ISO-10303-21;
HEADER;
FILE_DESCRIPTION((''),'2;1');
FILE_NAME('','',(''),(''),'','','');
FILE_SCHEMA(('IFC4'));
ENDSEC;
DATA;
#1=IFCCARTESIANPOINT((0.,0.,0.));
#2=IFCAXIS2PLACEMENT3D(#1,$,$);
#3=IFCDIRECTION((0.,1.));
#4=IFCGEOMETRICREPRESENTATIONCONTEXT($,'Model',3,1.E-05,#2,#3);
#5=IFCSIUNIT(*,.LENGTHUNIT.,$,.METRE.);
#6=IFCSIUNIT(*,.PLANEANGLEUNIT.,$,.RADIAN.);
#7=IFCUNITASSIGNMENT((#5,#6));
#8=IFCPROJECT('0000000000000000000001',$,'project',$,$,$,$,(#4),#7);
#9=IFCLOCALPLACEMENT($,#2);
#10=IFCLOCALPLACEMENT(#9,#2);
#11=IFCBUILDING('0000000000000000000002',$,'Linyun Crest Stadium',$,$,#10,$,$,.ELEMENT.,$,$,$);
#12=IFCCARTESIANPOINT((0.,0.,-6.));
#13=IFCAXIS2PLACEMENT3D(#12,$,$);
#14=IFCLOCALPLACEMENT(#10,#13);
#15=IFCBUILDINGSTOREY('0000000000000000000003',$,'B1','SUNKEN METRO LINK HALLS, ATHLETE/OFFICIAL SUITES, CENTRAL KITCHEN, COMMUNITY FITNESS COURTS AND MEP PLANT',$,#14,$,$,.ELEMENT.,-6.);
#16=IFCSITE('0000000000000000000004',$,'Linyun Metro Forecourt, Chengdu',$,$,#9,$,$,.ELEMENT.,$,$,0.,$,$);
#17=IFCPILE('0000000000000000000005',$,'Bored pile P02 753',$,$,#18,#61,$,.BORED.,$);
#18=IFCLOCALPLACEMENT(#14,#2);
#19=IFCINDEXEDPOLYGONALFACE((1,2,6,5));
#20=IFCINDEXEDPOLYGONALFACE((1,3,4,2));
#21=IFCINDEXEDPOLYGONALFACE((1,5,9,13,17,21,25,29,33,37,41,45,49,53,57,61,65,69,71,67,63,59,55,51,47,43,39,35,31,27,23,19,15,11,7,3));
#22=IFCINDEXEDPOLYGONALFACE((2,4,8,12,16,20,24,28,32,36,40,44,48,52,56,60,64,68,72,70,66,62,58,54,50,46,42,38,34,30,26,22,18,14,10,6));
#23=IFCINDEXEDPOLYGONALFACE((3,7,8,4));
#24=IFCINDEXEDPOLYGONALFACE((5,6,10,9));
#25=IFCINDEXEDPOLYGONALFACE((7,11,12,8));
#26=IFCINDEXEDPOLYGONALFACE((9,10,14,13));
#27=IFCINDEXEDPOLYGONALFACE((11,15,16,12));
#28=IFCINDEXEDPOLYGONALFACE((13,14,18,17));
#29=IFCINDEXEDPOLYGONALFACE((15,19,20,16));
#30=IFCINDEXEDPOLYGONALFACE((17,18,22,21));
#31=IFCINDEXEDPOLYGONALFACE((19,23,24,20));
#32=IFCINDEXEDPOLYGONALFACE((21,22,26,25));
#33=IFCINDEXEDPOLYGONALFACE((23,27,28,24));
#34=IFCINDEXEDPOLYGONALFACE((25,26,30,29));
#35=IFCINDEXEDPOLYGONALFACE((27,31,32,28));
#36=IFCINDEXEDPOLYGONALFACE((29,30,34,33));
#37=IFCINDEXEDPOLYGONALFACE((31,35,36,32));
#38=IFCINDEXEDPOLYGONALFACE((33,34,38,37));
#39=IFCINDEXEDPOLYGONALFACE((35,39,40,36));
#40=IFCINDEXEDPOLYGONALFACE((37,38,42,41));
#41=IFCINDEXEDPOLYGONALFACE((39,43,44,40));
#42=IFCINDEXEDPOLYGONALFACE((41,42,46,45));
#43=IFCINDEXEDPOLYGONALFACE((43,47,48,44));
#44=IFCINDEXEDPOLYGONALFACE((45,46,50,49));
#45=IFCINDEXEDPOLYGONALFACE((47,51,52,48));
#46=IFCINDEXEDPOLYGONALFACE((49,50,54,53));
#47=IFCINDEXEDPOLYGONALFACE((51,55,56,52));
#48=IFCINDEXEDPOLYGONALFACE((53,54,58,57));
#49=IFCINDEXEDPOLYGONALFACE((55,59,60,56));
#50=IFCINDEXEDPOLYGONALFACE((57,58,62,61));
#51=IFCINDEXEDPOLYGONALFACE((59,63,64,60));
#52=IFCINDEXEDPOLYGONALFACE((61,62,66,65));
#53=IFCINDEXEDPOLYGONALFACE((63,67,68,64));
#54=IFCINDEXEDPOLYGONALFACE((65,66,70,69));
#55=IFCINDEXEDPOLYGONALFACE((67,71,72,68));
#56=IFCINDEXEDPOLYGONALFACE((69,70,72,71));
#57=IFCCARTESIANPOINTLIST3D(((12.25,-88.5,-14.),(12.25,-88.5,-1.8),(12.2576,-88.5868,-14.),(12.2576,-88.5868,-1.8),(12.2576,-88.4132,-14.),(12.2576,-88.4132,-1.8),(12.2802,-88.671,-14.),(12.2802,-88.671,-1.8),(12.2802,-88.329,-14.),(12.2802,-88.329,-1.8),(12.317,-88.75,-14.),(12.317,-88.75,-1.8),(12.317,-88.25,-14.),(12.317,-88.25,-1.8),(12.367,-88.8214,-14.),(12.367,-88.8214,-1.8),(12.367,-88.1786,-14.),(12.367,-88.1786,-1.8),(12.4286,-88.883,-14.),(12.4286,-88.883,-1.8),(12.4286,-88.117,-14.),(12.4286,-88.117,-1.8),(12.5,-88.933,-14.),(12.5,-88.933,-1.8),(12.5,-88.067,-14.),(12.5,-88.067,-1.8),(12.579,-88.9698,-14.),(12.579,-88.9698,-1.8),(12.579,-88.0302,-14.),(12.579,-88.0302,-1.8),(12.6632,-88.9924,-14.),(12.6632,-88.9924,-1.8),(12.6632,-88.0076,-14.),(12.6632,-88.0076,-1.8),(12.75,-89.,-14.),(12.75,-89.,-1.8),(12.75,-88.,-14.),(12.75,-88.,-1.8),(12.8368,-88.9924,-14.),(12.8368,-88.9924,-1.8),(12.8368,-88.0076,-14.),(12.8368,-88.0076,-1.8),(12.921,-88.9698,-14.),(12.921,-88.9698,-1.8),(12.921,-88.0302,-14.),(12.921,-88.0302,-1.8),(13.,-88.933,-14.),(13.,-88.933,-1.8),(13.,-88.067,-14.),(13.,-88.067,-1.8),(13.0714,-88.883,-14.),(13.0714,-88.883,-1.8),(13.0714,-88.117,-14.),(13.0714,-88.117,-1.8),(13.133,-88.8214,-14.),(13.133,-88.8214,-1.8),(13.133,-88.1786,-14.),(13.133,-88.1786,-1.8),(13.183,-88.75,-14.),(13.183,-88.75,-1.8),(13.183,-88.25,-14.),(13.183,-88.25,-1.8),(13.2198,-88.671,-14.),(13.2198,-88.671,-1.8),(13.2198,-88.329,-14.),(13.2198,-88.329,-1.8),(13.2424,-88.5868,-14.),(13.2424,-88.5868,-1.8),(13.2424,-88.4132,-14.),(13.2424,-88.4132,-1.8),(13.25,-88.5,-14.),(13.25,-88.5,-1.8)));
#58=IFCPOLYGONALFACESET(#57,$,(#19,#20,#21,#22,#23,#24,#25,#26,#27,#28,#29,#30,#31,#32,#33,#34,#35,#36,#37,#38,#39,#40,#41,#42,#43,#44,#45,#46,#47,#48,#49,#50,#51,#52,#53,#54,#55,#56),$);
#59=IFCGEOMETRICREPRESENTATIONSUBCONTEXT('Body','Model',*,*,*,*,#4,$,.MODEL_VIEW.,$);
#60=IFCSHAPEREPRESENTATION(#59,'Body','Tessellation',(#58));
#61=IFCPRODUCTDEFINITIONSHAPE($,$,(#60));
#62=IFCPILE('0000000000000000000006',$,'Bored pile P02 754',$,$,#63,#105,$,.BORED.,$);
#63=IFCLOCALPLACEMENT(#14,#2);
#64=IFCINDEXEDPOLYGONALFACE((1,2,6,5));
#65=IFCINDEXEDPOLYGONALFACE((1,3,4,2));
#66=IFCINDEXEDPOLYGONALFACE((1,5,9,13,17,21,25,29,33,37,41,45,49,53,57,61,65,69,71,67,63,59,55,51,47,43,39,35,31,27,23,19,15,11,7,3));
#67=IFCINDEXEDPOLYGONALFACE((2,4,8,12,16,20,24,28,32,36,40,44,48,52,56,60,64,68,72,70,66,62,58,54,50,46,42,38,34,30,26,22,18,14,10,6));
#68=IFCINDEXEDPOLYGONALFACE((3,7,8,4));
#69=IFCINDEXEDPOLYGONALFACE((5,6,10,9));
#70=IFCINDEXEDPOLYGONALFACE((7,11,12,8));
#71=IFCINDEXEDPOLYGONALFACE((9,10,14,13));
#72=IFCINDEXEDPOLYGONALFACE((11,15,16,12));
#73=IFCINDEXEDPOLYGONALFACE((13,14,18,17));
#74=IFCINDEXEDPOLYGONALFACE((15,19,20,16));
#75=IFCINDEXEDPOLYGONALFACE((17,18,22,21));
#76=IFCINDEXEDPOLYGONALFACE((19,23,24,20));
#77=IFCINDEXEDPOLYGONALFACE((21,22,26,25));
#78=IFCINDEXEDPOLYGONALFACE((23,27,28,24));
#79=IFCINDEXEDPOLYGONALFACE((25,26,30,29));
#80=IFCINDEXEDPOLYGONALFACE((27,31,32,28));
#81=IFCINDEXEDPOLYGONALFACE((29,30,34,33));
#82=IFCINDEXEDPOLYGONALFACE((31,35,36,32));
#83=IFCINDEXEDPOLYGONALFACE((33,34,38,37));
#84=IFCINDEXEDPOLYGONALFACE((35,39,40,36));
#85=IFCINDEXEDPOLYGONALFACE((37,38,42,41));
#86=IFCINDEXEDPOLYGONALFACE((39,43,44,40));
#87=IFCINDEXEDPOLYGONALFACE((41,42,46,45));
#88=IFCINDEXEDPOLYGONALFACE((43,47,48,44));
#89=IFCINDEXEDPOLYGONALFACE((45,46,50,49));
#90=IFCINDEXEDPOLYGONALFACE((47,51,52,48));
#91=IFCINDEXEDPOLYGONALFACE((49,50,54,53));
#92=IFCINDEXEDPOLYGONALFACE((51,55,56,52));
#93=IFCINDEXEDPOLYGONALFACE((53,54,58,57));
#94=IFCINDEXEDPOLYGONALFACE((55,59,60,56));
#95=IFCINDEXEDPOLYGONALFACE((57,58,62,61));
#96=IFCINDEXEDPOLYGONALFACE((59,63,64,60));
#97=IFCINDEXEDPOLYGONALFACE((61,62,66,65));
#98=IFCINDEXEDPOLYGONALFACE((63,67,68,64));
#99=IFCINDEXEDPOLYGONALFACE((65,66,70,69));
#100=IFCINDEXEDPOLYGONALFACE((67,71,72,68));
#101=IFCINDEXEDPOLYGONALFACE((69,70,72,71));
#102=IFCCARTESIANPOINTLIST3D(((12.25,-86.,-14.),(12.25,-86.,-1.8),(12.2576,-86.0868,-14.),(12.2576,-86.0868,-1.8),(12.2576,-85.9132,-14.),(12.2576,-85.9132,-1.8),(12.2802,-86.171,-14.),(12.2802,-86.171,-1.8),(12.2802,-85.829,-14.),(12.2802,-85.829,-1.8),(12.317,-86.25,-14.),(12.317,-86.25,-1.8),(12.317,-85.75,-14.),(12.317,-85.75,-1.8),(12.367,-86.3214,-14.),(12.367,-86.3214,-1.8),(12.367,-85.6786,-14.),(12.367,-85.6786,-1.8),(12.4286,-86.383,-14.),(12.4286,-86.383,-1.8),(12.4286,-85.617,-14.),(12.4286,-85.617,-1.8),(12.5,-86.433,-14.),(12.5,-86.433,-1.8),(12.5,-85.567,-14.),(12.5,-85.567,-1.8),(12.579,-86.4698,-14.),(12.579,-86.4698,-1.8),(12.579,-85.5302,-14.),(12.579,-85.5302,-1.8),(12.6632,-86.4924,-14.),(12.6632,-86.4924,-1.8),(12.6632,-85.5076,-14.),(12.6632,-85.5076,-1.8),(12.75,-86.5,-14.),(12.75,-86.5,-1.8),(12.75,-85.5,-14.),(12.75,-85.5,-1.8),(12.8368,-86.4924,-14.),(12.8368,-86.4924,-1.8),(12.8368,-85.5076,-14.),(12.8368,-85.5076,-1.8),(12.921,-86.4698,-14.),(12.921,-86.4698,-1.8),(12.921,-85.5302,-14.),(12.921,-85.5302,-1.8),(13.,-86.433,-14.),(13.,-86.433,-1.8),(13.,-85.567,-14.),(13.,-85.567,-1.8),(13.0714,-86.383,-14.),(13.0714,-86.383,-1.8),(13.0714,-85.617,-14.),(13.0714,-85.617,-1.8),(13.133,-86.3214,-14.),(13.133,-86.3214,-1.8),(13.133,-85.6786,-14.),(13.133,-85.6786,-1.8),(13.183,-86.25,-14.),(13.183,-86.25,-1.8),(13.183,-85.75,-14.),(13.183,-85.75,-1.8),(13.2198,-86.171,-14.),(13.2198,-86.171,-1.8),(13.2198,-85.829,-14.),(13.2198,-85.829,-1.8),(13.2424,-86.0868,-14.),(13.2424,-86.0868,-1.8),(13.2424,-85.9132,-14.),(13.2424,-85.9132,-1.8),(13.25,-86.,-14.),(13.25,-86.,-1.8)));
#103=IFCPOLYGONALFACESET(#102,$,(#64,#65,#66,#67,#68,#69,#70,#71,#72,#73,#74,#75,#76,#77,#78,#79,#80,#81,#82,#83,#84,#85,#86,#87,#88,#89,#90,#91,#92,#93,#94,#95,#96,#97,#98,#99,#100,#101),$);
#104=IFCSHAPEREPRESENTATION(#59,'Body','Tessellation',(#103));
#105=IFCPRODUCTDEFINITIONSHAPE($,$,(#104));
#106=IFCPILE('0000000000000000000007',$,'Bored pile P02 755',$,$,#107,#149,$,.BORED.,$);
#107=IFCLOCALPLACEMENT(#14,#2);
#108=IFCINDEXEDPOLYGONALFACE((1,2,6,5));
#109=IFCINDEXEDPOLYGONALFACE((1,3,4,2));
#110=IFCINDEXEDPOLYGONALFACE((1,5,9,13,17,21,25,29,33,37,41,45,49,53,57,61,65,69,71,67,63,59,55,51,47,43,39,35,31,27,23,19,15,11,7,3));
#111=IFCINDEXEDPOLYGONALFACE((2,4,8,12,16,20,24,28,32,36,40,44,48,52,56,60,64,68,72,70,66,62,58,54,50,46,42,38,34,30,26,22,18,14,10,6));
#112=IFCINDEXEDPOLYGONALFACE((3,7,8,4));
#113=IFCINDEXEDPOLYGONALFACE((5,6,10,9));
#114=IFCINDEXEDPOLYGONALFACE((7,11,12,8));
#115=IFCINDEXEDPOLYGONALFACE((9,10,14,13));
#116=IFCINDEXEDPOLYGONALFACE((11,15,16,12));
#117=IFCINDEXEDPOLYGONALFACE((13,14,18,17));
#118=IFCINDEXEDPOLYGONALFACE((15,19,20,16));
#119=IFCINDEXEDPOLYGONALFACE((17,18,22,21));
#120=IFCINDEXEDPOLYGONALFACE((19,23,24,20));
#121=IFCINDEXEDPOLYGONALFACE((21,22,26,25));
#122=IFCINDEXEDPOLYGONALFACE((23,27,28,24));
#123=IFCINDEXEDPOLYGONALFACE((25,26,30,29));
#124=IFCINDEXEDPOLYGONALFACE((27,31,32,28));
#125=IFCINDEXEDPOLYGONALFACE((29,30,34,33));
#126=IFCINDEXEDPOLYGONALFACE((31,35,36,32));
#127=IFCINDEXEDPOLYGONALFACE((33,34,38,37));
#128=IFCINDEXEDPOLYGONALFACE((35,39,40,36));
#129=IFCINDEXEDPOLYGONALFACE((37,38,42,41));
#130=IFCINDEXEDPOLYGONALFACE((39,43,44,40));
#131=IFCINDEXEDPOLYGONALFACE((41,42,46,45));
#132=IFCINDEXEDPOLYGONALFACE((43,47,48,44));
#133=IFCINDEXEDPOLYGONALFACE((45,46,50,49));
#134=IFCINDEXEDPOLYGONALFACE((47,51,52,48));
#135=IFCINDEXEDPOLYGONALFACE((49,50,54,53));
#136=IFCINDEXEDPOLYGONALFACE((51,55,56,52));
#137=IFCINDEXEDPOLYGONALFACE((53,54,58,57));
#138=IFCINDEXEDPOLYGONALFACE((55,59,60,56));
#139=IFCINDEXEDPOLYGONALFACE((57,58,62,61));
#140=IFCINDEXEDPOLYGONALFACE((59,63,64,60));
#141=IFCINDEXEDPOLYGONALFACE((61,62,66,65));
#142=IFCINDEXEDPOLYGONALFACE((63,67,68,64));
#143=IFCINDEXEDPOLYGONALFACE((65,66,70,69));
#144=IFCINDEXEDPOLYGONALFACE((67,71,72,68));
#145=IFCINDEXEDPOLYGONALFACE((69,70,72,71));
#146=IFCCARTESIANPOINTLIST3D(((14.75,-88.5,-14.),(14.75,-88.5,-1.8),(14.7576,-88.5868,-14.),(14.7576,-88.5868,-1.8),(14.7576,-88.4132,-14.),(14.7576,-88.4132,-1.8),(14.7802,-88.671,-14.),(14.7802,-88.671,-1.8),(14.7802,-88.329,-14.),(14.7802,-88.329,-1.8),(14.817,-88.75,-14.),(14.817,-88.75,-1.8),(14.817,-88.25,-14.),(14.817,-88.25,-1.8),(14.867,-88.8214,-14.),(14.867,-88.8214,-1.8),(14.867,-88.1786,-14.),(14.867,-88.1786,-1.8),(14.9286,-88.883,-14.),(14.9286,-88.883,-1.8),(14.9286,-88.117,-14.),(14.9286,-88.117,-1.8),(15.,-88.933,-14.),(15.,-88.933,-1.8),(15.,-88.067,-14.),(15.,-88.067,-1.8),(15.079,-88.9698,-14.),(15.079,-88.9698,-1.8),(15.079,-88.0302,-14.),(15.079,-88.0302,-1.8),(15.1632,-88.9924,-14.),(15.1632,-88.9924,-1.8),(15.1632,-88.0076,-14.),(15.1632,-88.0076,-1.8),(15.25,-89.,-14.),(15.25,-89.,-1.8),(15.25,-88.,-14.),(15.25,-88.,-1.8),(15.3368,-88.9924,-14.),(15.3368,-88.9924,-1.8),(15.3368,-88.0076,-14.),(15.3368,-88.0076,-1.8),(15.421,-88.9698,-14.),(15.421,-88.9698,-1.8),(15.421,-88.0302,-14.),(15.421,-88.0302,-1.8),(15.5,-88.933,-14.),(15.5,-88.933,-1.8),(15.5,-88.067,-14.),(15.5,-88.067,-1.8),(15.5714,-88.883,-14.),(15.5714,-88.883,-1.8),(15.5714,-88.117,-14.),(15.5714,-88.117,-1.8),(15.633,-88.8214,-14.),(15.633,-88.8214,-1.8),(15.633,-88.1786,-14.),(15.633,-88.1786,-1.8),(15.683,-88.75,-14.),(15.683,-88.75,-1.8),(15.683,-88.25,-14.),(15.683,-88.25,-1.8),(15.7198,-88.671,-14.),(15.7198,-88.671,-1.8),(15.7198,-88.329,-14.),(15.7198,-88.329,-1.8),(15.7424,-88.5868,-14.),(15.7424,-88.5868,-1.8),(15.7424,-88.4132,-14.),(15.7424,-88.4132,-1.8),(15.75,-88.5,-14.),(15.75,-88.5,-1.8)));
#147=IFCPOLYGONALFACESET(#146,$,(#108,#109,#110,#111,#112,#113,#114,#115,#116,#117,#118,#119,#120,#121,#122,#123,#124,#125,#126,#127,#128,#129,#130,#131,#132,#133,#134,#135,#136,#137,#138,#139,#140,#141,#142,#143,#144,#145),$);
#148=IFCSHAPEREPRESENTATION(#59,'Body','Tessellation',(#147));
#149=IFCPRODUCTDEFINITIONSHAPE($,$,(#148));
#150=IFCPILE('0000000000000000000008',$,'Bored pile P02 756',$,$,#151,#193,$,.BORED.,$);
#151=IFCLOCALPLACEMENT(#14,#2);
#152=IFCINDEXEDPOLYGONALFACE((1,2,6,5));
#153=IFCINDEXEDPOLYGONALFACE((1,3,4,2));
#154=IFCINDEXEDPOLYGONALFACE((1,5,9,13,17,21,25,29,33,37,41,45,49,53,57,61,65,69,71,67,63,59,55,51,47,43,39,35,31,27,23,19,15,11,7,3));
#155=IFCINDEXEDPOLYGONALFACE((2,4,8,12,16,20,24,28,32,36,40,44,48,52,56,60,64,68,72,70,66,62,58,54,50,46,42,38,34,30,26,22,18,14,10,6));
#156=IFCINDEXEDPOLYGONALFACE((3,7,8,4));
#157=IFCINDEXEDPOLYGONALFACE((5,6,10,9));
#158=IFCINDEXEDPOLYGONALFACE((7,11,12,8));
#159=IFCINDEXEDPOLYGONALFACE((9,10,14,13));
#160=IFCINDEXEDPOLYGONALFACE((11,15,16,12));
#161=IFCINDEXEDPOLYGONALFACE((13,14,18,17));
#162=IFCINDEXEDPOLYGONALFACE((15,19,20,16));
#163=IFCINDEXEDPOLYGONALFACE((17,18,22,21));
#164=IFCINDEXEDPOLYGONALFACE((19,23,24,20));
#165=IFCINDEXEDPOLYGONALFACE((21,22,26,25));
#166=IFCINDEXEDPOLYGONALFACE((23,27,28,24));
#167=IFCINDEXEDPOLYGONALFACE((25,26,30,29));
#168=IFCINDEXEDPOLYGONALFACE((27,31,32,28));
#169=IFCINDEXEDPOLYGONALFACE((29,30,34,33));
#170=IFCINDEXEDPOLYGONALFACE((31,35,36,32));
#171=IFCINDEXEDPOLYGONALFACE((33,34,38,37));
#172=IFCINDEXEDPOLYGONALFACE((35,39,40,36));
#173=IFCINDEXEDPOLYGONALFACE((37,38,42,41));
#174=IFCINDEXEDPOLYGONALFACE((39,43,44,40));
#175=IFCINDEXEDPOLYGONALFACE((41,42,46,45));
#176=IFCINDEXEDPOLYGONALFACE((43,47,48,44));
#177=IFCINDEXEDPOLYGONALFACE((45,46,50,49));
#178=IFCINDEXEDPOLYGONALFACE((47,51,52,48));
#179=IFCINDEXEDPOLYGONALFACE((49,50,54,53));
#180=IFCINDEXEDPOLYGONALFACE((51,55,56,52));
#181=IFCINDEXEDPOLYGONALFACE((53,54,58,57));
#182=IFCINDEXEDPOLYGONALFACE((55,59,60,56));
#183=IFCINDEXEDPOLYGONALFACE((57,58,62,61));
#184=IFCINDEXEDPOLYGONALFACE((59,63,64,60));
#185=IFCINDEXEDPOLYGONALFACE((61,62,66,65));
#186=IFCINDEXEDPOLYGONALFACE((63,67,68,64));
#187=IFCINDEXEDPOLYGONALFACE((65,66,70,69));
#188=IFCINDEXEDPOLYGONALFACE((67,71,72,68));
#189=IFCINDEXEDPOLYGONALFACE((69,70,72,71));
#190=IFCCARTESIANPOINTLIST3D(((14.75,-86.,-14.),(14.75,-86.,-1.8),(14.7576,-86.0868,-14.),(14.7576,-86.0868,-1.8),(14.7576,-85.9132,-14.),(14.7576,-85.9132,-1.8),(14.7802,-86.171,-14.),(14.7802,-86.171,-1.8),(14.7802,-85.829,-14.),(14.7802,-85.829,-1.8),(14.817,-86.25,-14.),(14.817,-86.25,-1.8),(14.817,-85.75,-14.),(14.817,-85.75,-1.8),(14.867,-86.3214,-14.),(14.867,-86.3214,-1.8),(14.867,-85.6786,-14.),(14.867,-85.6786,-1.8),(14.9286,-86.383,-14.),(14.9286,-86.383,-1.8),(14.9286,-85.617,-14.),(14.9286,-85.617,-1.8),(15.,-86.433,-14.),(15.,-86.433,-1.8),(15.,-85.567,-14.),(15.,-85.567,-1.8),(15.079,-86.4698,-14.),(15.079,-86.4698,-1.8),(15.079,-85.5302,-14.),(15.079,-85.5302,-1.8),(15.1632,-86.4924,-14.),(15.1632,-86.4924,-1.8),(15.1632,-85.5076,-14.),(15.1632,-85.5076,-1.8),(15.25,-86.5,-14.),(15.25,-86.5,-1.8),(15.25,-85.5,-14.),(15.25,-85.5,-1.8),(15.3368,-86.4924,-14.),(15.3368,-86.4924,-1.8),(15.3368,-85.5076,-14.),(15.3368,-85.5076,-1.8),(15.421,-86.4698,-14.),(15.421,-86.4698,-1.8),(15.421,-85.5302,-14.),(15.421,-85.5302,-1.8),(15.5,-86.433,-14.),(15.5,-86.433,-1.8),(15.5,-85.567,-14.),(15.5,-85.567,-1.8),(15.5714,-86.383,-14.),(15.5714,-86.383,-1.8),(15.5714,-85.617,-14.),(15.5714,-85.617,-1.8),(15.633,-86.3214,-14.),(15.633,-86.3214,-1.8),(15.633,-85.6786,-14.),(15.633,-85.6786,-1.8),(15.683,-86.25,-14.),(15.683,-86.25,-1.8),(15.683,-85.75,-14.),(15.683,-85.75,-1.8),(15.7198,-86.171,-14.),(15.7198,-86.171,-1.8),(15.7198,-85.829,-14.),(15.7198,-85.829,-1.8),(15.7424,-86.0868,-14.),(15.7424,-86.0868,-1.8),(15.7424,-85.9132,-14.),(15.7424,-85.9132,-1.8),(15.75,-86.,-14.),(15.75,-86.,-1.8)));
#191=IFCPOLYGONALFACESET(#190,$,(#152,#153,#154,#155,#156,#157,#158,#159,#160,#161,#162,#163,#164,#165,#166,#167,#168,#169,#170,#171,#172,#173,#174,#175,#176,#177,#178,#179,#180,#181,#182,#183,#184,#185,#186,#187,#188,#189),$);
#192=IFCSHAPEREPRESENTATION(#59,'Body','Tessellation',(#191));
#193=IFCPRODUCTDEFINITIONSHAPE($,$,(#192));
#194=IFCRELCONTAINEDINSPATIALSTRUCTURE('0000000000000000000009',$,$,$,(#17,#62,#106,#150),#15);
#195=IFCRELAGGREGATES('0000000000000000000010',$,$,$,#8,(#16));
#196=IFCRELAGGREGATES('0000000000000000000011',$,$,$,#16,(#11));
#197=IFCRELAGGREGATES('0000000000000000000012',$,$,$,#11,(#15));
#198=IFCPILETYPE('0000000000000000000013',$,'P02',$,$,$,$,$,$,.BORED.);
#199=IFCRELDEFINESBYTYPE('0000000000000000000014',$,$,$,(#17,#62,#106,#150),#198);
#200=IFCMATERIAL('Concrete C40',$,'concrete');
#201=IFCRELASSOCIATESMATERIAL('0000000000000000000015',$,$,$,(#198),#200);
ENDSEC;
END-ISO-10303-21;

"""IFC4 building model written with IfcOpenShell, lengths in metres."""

from ifc_helpers import new_model, si_unit, direction, frame, origin, origin_2d, place, context, subcontext, project, spatial, circle, extrude, material, material_profile, profile_set, type_object, element, save


model = new_model("IFC4")

# Units and contexts
model_context = context("Model", 3, precision=1e-05, world=origin(), true_north=direction((0.0, 1.0)))
body_context = subcontext(model_context, "Body", "Model", "MODEL_VIEW")
ifc_project = project(units=[si_unit("LENGTHUNIT", "METRE"), si_unit("PLANEANGLEUNIT", "RADIAN")], contexts=[model_context])

# Site, building, storey
site_placement = place(None, origin())
site = spatial("IfcSite", under=ifc_project, at=site_placement, Name="Linyun Metro Forecourt, Chengdu", CompositionType="ELEMENT", RefElevation=0.0)
building_placement = place(site_placement, origin())
building = spatial("IfcBuilding", under=site, at=building_placement, Name="Linyun Crest Stadium", CompositionType="ELEMENT")
storey_placement = place(building_placement, frame((0.0, 0.0, -6.0)))
storey = spatial("IfcBuildingStorey", under=building, at=storey_placement, Name="B1", Description="SUNKEN METRO LINK HALLS, ATHLETE/OFFICIAL SUITES, CENTRAL KITCHEN, COMMUNITY FITNESS COURTS AND MEP PLANT", CompositionType="ELEMENT", Elevation=-6.0)

# Piles
ifc_material_1 = material(Name="Concrete C40", Category="concrete")
ifc_material_profile_1 = material_profile(ifc_material_1, circle(Radius=0.5, at=origin_2d()), Name="BORED PILE 1000")
ifc_profile_set_1 = profile_set([ifc_material_profile_1], Name="Concrete C40")
pile_type = type_object("IfcPileType", Name="P02", PredefinedType="BORED", material=ifc_profile_set_1)
for number, where, z_axis, x_axis, name in (
    (1, (12.75, -88.5, -1.8), (0.0, 0.0, -1.0), (1.0, 0.0, 0.0), "Bored pile P02 753"),
    (2, (12.75, -86.0, -1.8), (0.0, 0.0, -1.0), (1.0, 0.0, 0.0), "Bored pile P02 754"),
    (3, (15.25, -88.5, -1.8), (0.0, 0.0, -1.0), (1.0, 0.0, 0.0), "Bored pile P02 755"),
    (4, (15.25, -86.0, -1.8), (0.0, 0.0, -1.0), (1.0, 0.0, 0.0), "Bored pile P02 756"),
):
    element("IfcPile", number, at=place(storey_placement, frame(where, z_axis=z_axis, x_axis=x_axis)), inside=storey, type_object=pile_type, Name=name, PredefinedType="BORED", context=body_context, shape_type="SweptSolid", body=[
        extrude(circle(Radius=0.5, at=origin_2d()), origin(), (0.0, 0.0, 1.0), 12.2),
    ])

save(model, "model.ifc")
